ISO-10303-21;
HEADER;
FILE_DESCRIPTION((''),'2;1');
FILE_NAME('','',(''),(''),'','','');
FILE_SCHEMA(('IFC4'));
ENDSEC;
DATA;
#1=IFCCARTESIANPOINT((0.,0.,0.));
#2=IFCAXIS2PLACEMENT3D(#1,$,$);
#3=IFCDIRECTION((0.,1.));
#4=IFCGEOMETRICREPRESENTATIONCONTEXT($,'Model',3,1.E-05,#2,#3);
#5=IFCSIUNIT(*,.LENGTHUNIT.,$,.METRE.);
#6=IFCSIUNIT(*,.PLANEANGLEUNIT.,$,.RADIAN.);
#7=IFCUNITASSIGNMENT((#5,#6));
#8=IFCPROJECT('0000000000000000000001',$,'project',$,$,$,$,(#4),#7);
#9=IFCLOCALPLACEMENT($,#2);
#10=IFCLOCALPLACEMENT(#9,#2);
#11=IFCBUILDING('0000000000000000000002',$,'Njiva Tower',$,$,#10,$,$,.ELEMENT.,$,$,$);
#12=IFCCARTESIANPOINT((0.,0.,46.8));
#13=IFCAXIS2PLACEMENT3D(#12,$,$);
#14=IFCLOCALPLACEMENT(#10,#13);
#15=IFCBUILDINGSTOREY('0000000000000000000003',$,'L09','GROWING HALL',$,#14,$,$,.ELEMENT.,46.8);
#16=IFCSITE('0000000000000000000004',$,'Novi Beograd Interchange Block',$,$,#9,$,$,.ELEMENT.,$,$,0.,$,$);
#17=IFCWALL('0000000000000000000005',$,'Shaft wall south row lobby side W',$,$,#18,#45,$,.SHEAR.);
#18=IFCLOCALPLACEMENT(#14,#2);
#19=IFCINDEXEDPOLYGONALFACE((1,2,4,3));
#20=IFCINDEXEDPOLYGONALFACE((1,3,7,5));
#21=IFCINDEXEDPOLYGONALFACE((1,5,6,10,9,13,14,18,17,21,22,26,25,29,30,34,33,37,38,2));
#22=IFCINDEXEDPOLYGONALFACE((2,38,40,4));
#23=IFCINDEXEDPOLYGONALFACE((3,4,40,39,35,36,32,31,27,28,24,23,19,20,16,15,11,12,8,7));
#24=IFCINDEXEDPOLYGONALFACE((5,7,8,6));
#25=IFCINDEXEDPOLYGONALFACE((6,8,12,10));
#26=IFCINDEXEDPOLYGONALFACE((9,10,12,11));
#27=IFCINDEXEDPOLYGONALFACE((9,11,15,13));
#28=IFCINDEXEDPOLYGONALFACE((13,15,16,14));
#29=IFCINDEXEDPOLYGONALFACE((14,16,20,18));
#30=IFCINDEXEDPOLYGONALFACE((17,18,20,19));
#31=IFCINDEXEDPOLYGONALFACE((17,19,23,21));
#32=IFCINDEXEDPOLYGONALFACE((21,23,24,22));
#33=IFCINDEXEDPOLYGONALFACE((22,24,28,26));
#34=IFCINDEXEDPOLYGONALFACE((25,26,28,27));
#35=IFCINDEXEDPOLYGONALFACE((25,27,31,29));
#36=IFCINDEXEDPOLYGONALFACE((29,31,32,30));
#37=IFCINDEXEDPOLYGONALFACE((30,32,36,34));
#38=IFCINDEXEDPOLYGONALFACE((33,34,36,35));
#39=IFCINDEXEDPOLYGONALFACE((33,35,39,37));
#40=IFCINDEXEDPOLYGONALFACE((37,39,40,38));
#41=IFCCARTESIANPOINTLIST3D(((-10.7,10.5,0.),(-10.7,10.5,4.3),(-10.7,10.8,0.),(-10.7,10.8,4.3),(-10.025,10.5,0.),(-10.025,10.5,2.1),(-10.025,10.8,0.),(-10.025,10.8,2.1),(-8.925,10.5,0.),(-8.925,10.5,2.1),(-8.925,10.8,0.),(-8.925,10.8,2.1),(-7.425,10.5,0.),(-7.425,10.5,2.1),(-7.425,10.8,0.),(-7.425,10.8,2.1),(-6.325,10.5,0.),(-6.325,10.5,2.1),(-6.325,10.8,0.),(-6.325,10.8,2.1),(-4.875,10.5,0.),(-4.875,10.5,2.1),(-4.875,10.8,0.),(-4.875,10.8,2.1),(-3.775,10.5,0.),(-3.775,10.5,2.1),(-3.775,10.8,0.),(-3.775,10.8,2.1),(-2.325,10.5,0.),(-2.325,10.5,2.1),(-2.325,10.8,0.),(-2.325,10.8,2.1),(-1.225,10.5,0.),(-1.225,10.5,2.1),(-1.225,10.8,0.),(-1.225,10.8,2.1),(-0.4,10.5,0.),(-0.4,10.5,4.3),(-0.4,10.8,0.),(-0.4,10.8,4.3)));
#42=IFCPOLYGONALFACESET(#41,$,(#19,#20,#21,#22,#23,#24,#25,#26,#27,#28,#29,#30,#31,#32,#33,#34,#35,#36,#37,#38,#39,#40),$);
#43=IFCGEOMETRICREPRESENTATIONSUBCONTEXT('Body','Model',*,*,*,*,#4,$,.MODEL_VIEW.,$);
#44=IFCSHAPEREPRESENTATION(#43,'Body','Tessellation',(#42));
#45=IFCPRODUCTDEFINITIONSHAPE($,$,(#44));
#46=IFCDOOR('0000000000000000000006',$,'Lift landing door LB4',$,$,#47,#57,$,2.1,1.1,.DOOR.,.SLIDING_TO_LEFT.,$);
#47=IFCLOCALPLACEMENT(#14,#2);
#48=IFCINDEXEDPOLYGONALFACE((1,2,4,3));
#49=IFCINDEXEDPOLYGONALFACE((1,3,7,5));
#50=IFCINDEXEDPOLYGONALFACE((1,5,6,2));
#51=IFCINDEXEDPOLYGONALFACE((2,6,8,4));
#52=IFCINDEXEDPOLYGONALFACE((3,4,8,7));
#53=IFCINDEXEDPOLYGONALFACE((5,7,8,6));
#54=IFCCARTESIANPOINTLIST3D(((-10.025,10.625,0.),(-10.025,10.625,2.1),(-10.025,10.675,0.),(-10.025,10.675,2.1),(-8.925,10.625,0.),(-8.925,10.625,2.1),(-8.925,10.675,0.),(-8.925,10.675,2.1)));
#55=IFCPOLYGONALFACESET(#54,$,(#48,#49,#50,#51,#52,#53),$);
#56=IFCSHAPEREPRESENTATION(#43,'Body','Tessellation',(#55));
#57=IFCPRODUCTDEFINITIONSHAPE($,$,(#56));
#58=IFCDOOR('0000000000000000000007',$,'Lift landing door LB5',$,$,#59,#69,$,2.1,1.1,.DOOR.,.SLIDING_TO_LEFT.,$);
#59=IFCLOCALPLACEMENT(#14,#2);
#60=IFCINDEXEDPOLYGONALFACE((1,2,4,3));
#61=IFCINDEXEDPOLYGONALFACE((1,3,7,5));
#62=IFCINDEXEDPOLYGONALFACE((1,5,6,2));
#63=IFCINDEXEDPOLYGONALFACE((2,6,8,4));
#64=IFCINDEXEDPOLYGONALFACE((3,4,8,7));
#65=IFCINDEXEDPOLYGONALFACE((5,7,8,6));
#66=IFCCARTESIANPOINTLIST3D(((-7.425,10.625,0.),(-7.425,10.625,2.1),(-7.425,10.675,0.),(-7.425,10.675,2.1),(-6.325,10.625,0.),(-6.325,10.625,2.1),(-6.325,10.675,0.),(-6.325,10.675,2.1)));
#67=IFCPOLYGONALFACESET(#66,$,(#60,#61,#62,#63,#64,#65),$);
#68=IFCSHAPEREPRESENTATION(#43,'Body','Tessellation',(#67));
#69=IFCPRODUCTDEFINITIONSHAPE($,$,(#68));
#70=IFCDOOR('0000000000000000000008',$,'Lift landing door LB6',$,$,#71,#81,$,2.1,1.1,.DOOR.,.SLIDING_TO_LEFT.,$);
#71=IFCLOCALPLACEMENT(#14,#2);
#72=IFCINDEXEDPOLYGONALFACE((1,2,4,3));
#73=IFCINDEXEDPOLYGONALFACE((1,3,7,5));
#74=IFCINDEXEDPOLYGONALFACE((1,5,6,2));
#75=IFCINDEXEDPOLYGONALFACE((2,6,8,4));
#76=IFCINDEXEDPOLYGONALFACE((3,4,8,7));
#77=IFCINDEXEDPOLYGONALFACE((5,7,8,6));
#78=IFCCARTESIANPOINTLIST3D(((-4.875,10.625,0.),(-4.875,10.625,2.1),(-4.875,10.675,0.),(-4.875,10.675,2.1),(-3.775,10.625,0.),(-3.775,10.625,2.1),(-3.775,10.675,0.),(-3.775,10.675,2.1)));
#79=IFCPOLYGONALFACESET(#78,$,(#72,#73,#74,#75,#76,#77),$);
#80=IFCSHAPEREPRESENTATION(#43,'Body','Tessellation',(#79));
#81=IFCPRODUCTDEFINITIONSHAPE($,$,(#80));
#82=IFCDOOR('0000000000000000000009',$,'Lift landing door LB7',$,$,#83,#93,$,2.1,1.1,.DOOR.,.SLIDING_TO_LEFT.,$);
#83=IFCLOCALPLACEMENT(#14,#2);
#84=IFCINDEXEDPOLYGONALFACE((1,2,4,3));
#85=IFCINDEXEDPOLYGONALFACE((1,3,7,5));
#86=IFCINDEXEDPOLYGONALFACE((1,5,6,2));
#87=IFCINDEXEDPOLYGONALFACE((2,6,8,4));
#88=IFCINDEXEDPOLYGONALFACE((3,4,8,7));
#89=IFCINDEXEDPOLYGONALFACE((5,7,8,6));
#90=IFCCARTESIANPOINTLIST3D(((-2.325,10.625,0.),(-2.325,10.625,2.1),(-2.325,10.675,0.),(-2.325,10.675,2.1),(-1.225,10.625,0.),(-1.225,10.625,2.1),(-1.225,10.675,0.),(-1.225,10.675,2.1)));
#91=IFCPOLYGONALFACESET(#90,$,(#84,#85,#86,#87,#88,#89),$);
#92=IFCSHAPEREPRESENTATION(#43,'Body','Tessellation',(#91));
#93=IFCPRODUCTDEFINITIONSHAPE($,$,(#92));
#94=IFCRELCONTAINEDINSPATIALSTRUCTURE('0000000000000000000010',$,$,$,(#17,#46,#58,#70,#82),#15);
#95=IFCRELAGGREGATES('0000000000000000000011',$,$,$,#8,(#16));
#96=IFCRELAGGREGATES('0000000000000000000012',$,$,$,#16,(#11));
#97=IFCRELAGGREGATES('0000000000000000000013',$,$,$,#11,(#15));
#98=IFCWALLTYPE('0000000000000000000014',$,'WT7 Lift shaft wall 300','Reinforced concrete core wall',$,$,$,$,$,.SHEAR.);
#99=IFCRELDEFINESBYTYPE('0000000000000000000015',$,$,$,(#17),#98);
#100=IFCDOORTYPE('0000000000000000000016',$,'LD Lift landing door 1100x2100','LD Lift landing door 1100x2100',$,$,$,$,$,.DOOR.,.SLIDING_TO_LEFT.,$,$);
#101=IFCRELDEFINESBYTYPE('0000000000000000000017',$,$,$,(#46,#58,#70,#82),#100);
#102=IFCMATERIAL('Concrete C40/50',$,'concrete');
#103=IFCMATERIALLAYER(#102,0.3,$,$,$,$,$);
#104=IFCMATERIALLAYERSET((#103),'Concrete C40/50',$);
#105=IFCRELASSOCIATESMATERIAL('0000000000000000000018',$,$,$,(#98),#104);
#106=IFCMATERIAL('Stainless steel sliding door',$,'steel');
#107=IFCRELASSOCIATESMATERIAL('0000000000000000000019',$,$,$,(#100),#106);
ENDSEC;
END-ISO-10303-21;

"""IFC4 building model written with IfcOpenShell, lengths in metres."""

from ifc_helpers import new_model, si_unit, direction, frame, frame_2d, origin, place, context, subcontext, project, spatial, rectangle, extrude, material, layer, layer_set, type_object, element, fill, save


model = new_model("IFC4")

# Units and contexts
model_context = context("Model", 3, precision=1e-05, world=origin(), true_north=direction((0.0, 1.0)))
body_context = subcontext(model_context, "Body", "Model", "MODEL_VIEW")
ifc_project = project(units=[si_unit("LENGTHUNIT", "METRE"), si_unit("PLANEANGLEUNIT", "RADIAN")], contexts=[model_context])

# Site, building, storey
site_placement = place(None, origin())
site = spatial("IfcSite", under=ifc_project, at=site_placement, Name="Novi Beograd Interchange Block", CompositionType="ELEMENT", RefElevation=0.0)
building_placement = place(site_placement, origin())
building = spatial("IfcBuilding", under=site, at=building_placement, Name="Njiva Tower", CompositionType="ELEMENT")
storey_placement = place(building_placement, frame((0.0, 0.0, 46.8)))
storey = spatial("IfcBuildingStorey", under=building, at=storey_placement, Name="L09", Description="GROWING HALL", CompositionType="ELEMENT", Elevation=46.8)

# Shared definitions
ifc_material_1 = material(Name="Concrete C40/50", Category="concrete")

# Wall, openings, doors
ifc_layer_1 = layer(ifc_material_1, 0.3)
ifc_layer_set_1 = layer_set([ifc_layer_1], Name="Concrete C40/50")
wall_type_1 = type_object("IfcWallType", Name="WT7 Lift shaft wall 300", Description="Reinforced concrete core wall", PredefinedType="SHEAR", material=ifc_layer_set_1)
ifc_material_2 = material(Name="Stainless steel sliding door", Category="steel")
door_type_1 = type_object("IfcDoorType", Name="LD Lift landing door 1100x2100", Description="LD Lift landing door 1100x2100", OperationType="SLIDING_TO_LEFT", PredefinedType="DOOR", material=ifc_material_2)
wall_1_placement = place(storey_placement, frame((-10.7, 10.65, 0.0), z_axis=(0.0, 0.0, 1.0), x_axis=(1.0, 0.0, 0.0)))
wall_1 = element("IfcWall", 1, at=wall_1_placement, inside=storey, type_object=wall_type_1, Name="Shaft wall south row lobby side W", PredefinedType="SHEAR", context=body_context, shape_type="SweptSolid", body=[
    extrude(rectangle(XDim=10.3, YDim=0.3, at=frame_2d((5.15, 0.0))), origin(), (0.0, 0.0, 1.0), 4.3),
])
opening_1_placement = place(wall_1_placement, frame((0.675, 0.0, 0.0)))
opening_1 = element("IfcOpeningElement", 2, at=opening_1_placement, cuts=wall_1, PredefinedType="OPENING", context=body_context, shape_type="SweptSolid", body=[
    extrude(rectangle(XDim=1.1, YDim=2.1, at=frame_2d((0.55, 1.05))), frame((0.0, 0.16, 0.0), z_axis=(0.0, -1.0, 0.0), x_axis=(1.0, 0.0, 0.0)), (0.0, 0.0, 1.0), 0.32),
])
opening_2_placement = place(wall_1_placement, frame((3.275, 0.0, 0.0)))
opening_2 = element("IfcOpeningElement", 3, at=opening_2_placement, cuts=wall_1, PredefinedType="OPENING", context=body_context, shape_type="SweptSolid", body=[
    extrude(rectangle(XDim=1.1, YDim=2.1, at=frame_2d((0.55, 1.05))), frame((0.0, 0.16, 0.0), z_axis=(0.0, -1.0, 0.0), x_axis=(1.0, 0.0, 0.0)), (0.0, 0.0, 1.0), 0.32),
])
opening_3_placement = place(wall_1_placement, frame((5.825, 0.0, 0.0)))
opening_3 = element("IfcOpeningElement", 4, at=opening_3_placement, cuts=wall_1, PredefinedType="OPENING", context=body_context, shape_type="SweptSolid", body=[
    extrude(rectangle(XDim=1.1, YDim=2.1, at=frame_2d((0.55, 1.05))), frame((0.0, 0.16, 0.0), z_axis=(0.0, -1.0, 0.0), x_axis=(1.0, 0.0, 0.0)), (0.0, 0.0, 1.0), 0.32),
])
opening_4_placement = place(wall_1_placement, frame((8.375, 0.0, 0.0)))
opening_4 = element("IfcOpeningElement", 5, at=opening_4_placement, cuts=wall_1, PredefinedType="OPENING", context=body_context, shape_type="SweptSolid", body=[
    extrude(rectangle(XDim=1.1, YDim=2.1, at=frame_2d((0.55, 1.05))), frame((0.0, 0.16, 0.0), z_axis=(0.0, -1.0, 0.0), x_axis=(1.0, 0.0, 0.0)), (0.0, 0.0, 1.0), 0.32),
])
door_1_placement = place(opening_1_placement, origin())
door_1 = element("IfcDoor", 6, at=door_1_placement, inside=storey, type_object=door_type_1, Name="Lift landing door LB4", OperationType="SLIDING_TO_LEFT", OverallHeight=2.1, OverallWidth=1.1, PredefinedType="DOOR", context=body_context, shape_type="SweptSolid", body=[
    extrude(rectangle(XDim=1.1, YDim=2.1, at=frame_2d((0.55, 1.05))), frame((0.0, 0.025, 0.0), z_axis=(0.0, -1.0, 0.0), x_axis=(1.0, 0.0, 0.0)), (0.0, 0.0, 1.0), 0.05),
])
fill(opening_1, door_1)
door_2_placement = place(opening_2_placement, origin())
door_2 = element("IfcDoor", 7, at=door_2_placement, inside=storey, type_object=door_type_1, Name="Lift landing door LB5", OperationType="SLIDING_TO_LEFT", OverallHeight=2.1, OverallWidth=1.1, PredefinedType="DOOR", context=body_context, shape_type="SweptSolid", body=[
    extrude(rectangle(XDim=1.1, YDim=2.1, at=frame_2d((0.55, 1.05))), frame((0.0, 0.025, 0.0), z_axis=(0.0, -1.0, 0.0), x_axis=(1.0, 0.0, 0.0)), (0.0, 0.0, 1.0), 0.05),
])
fill(opening_2, door_2)
door_3_placement = place(opening_3_placement, origin())
door_3 = element("IfcDoor", 8, at=door_3_placement, inside=storey, type_object=door_type_1, Name="Lift landing door LB6", OperationType="SLIDING_TO_LEFT", OverallHeight=2.1, OverallWidth=1.1, PredefinedType="DOOR", context=body_context, shape_type="SweptSolid", body=[
    extrude(rectangle(XDim=1.1, YDim=2.1, at=frame_2d((0.55, 1.05))), frame((0.0, 0.025, 0.0), z_axis=(0.0, -1.0, 0.0), x_axis=(1.0, 0.0, 0.0)), (0.0, 0.0, 1.0), 0.05),
])
fill(opening_3, door_3)
door_4_placement = place(opening_4_placement, origin())
door_4 = element("IfcDoor", 9, at=door_4_placement, inside=storey, type_object=door_type_1, Name="Lift landing door LB7", OperationType="SLIDING_TO_LEFT", OverallHeight=2.1, OverallWidth=1.1, PredefinedType="DOOR", context=body_context, shape_type="SweptSolid", body=[
    extrude(rectangle(XDim=1.1, YDim=2.1, at=frame_2d((0.55, 1.05))), frame((0.0, 0.025, 0.0), z_axis=(0.0, -1.0, 0.0), x_axis=(1.0, 0.0, 0.0)), (0.0, 0.0, 1.0), 0.05),
])
fill(opening_4, door_4)

save(model, "model.ifc")
